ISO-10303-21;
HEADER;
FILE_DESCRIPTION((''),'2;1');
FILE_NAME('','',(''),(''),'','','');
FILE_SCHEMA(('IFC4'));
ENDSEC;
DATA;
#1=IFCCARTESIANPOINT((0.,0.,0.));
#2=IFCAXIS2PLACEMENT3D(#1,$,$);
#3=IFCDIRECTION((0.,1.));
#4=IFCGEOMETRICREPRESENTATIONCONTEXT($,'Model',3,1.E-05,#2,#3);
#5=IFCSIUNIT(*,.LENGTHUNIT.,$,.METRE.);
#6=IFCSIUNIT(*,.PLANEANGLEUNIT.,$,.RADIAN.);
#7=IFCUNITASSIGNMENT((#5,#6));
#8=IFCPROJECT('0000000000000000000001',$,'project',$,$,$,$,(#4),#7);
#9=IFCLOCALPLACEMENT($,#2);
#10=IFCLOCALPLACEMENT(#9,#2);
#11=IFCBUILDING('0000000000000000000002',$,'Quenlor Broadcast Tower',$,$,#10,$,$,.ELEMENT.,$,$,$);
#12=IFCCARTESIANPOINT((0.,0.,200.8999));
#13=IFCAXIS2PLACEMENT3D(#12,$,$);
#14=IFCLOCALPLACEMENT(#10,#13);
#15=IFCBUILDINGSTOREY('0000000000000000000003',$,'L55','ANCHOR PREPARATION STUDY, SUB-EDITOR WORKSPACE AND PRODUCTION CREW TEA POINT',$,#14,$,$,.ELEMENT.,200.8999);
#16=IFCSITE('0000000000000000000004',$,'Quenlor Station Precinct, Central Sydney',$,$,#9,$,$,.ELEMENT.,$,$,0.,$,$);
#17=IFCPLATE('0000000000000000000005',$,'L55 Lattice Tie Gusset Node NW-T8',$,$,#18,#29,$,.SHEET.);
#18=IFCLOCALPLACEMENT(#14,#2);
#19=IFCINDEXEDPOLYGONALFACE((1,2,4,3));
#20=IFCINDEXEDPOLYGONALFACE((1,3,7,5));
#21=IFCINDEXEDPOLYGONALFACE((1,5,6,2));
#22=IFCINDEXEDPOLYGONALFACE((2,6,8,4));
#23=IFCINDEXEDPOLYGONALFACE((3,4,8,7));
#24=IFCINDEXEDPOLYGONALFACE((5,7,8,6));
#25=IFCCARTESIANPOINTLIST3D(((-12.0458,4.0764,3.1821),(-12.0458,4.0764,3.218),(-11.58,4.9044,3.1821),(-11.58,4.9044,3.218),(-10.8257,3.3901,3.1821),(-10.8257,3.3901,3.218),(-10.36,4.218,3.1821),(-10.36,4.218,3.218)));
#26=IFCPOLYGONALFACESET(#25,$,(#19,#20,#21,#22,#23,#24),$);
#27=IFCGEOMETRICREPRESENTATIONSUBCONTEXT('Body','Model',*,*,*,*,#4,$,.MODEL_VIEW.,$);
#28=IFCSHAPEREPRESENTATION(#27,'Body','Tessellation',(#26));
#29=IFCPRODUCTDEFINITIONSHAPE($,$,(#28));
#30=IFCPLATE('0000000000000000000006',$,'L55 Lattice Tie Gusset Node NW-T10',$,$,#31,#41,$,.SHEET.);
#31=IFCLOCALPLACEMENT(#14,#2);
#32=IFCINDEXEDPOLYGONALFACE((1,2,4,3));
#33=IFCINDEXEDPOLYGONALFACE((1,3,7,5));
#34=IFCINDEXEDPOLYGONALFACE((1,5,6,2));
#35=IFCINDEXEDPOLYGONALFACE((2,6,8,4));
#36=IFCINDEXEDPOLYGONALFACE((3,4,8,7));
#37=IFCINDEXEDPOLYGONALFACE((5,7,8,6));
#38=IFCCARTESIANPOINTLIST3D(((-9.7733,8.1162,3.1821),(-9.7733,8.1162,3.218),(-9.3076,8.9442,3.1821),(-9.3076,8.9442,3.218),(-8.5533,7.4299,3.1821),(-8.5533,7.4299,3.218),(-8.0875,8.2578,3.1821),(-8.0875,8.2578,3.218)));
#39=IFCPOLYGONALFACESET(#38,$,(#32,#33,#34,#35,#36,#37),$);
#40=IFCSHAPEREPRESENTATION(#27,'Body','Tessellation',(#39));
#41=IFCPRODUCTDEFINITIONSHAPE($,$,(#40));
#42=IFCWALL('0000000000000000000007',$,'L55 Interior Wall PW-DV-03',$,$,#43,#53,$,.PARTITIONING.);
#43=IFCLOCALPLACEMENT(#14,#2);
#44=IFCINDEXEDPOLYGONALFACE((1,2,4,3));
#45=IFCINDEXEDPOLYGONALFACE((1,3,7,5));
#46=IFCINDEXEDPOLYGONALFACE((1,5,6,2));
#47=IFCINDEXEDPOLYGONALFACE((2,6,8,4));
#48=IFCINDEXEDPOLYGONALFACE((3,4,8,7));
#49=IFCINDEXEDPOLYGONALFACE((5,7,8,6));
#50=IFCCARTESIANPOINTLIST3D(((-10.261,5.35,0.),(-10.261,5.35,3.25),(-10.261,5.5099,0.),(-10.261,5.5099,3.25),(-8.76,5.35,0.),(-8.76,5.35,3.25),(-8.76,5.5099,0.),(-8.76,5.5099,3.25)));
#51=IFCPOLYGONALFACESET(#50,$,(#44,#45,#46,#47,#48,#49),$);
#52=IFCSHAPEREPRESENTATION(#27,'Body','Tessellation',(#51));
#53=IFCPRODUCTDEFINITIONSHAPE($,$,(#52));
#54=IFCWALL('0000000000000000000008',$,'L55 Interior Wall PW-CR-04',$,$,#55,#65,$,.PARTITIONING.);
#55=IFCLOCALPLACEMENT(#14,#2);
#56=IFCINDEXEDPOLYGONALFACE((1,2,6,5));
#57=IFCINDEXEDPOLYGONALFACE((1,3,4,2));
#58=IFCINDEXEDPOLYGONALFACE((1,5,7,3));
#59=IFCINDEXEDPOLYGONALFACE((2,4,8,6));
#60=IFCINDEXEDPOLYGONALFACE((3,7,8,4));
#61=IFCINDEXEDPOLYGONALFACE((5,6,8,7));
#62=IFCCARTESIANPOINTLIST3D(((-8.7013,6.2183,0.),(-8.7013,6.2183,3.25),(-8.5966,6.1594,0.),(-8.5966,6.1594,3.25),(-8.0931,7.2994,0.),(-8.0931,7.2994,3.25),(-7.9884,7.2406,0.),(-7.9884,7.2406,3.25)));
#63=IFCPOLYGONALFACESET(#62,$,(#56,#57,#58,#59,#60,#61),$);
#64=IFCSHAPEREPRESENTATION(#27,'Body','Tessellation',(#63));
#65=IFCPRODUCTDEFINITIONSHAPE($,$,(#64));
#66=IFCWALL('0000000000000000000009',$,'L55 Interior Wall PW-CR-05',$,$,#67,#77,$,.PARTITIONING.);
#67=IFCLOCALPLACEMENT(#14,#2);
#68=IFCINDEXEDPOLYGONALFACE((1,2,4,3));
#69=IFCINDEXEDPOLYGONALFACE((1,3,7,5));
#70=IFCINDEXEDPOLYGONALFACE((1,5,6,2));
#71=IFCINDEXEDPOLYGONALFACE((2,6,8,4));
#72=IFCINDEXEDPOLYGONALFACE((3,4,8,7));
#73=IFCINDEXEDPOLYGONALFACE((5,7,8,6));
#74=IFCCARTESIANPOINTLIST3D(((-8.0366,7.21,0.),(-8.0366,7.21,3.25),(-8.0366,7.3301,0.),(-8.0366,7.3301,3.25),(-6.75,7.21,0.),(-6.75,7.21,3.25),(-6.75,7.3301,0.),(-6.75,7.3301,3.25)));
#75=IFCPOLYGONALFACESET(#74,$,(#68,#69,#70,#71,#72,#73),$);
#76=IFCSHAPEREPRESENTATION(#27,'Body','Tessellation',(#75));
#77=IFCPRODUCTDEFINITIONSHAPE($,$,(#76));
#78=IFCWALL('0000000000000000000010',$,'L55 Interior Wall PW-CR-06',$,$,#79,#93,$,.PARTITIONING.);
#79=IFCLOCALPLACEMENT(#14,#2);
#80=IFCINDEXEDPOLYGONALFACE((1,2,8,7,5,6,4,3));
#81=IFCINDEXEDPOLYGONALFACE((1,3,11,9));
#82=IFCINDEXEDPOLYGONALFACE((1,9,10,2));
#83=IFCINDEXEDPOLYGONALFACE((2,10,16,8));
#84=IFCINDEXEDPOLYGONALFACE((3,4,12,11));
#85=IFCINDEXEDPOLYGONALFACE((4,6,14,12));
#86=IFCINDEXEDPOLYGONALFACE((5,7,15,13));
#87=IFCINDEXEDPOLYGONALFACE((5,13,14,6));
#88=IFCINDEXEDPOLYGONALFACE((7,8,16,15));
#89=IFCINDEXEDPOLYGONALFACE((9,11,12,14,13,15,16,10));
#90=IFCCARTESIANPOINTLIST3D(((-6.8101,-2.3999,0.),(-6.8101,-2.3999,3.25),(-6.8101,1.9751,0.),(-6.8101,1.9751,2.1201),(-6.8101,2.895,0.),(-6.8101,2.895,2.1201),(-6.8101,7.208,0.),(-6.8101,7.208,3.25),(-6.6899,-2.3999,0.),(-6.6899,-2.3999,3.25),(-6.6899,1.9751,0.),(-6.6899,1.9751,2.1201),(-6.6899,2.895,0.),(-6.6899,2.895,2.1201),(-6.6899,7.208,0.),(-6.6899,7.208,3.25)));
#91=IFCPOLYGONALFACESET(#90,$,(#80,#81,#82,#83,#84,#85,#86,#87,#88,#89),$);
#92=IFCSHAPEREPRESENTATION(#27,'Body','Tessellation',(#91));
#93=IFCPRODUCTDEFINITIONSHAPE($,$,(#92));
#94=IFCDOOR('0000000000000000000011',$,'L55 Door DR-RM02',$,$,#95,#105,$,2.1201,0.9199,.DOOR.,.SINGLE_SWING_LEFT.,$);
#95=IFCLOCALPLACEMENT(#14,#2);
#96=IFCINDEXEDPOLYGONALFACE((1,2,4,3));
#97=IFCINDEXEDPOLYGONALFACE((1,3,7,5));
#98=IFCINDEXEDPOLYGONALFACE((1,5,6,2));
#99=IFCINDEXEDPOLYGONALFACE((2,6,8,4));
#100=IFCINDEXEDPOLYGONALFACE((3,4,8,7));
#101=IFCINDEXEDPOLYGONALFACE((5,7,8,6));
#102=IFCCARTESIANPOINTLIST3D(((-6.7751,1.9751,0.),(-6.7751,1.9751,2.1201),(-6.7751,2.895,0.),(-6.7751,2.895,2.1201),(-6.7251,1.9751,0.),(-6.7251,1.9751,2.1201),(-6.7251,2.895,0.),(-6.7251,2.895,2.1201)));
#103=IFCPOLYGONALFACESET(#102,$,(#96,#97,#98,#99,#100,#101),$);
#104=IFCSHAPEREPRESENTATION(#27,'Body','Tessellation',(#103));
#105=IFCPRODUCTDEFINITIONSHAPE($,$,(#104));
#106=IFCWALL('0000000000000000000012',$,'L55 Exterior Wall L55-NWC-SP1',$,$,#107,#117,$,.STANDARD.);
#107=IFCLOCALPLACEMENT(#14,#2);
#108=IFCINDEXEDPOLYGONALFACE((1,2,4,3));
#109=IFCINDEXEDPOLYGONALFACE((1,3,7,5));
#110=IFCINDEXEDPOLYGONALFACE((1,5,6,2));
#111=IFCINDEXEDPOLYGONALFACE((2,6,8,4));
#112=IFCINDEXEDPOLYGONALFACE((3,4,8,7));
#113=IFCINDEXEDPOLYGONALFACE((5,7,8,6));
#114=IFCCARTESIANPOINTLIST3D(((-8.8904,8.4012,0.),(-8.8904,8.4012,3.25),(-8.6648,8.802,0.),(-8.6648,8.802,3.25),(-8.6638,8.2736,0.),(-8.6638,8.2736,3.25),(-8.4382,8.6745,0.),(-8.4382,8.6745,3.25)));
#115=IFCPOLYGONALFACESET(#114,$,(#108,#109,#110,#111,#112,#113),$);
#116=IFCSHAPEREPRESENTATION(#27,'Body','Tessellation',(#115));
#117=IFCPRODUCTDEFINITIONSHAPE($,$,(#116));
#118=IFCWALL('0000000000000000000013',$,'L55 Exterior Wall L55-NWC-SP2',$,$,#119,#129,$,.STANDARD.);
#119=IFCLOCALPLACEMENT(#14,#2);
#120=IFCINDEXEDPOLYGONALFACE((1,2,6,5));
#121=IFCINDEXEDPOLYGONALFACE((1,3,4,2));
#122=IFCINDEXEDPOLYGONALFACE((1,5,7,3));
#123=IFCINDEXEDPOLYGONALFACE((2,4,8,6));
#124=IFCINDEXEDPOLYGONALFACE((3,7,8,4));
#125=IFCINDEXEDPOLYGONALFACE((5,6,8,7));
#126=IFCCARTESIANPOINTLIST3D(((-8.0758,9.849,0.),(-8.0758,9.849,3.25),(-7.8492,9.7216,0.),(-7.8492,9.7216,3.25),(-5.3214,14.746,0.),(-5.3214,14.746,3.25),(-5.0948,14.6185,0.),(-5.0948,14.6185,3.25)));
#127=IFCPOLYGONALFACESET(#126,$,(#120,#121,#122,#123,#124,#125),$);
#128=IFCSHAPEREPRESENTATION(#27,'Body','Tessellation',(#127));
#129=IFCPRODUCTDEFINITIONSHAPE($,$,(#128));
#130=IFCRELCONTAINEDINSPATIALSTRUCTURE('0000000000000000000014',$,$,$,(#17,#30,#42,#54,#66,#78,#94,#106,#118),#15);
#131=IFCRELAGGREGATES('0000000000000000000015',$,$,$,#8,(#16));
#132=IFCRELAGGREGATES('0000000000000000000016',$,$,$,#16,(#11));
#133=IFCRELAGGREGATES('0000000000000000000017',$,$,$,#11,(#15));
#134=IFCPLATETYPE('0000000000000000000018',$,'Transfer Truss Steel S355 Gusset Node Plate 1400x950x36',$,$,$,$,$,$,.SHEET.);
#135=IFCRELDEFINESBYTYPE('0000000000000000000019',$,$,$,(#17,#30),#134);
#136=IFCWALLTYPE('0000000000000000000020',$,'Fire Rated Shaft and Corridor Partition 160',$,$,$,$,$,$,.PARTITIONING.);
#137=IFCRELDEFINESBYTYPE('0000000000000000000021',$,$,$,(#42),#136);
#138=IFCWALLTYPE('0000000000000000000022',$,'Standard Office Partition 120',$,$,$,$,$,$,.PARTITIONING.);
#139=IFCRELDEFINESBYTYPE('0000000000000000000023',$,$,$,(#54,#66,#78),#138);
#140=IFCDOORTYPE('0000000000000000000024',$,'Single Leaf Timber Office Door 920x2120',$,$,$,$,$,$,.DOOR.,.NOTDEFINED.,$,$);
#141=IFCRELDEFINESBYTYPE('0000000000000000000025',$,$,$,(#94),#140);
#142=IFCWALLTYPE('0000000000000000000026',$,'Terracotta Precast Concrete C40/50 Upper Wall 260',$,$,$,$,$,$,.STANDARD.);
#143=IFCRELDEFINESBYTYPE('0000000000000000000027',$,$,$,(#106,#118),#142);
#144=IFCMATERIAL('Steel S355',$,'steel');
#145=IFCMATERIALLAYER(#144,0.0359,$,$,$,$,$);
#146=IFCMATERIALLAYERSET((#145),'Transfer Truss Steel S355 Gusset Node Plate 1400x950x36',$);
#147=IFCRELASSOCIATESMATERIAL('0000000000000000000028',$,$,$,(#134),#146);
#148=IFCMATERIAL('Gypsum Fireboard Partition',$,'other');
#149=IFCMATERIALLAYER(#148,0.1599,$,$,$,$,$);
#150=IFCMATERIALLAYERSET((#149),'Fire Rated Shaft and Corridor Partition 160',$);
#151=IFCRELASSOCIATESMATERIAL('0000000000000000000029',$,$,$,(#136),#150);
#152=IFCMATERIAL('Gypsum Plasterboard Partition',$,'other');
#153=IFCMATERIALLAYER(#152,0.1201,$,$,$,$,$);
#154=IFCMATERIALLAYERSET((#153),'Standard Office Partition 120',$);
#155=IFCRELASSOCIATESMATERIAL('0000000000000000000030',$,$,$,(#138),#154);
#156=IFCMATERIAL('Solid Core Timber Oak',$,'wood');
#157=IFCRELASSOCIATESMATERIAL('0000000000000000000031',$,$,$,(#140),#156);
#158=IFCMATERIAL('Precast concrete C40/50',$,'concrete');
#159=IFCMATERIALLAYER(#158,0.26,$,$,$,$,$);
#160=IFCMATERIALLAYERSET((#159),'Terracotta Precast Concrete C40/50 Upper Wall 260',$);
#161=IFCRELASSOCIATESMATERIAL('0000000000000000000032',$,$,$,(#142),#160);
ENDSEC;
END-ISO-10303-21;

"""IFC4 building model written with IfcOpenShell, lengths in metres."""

from ifc_helpers import new_model, si_unit, direction, frame, frame_2d, origin, origin_2d, place, context, subcontext, project, spatial, rectangle, extrude, material, layer, layer_set, type_object, element, fill, save


model = new_model("IFC4")

# Units and contexts
model_context = context("Model", 3, precision=1e-05, world=origin(), true_north=direction((0.0, 1.0)))
body_context = subcontext(model_context, "Body", "Model", "MODEL_VIEW")
ifc_project = project(units=[si_unit("LENGTHUNIT", "METRE"), si_unit("PLANEANGLEUNIT", "RADIAN")], contexts=[model_context])

# Site, building, storey
site_placement = place(None, origin())
site = spatial("IfcSite", under=ifc_project, at=site_placement, Name="Quenlor Station Precinct, Central Sydney", CompositionType="ELEMENT", RefElevation=0.0)
building_placement = place(site_placement, origin())
building = spatial("IfcBuilding", under=site, at=building_placement, Name="Quenlor Broadcast Tower", CompositionType="ELEMENT")
storey_placement = place(building_placement, frame((0.0, 0.0, 200.8999)))
storey = spatial("IfcBuildingStorey", under=building, at=storey_placement, Name="L55", Description="ANCHOR PREPARATION STUDY, SUB-EDITOR WORKSPACE AND PRODUCTION CREW TEA POINT", CompositionType="ELEMENT", Elevation=200.8999)

# Plates
ifc_material_1 = material(Name="Steel S355", Category="steel")
ifc_layer_1 = layer(ifc_material_1, 0.0359)
ifc_layer_set_1 = layer_set([ifc_layer_1], Name="Transfer Truss Steel S355 Gusset Node Plate 1400x950x36")
plate_type_1 = type_object("IfcPlateType", Name="Transfer Truss Steel S355 Gusset Node Plate 1400x950x36", PredefinedType="SHEET", material=ifc_layer_set_1)
for number, where, z_axis, x_axis, name in (
    (1, (-11.2029, 4.1472, 3.1821), (0.0, 0.0, 1.0), (-0.871556, 0.490295, 0.0), "L55 Lattice Tie Gusset Node NW-T8"),
    (2, (-8.9304, 8.187, 3.1821), (0.0, 0.0, 1.0), (-0.871556, 0.490295, 0.0), "L55 Lattice Tie Gusset Node NW-T10"),
):
    element("IfcPlate", number, at=place(storey_placement, frame(where, z_axis=z_axis, x_axis=x_axis)), inside=storey, type_object=plate_type_1, Name=name, PredefinedType="SHEET", context=body_context, shape_type="SweptSolid", body=[
        extrude(rectangle(XDim=1.3999, YDim=0.95, at=origin_2d()), origin(), (0.0, 0.0, 1.0), 0.0359),
    ])

# Walls
ifc_material_2 = material(Name="Gypsum Fireboard Partition", Category="other")
ifc_layer_2 = layer(ifc_material_2, 0.1599)
ifc_layer_set_2 = layer_set([ifc_layer_2], Name="Fire Rated Shaft and Corridor Partition 160")
wall_type_1 = type_object("IfcWallType", Name="Fire Rated Shaft and Corridor Partition 160", PredefinedType="PARTITIONING", material=ifc_layer_set_2)
wall_1_placement = place(storey_placement, frame((-8.76, 5.4299, 0.0), z_axis=(0.0, 0.0, 1.0), x_axis=(-1.0, 0.0, 0.0)))
element("IfcWall", 3, at=wall_1_placement, inside=storey, type_object=wall_type_1, Name="L55 Interior Wall PW-DV-03", PredefinedType="PARTITIONING", context=body_context, shape_type="SweptSolid", body=[
    extrude(rectangle(XDim=1.501, YDim=0.1599, at=frame_2d((0.7505, 0.0))), origin(), (0.0, 0.0, 1.0), 3.25),
])
ifc_material_3 = material(Name="Gypsum Plasterboard Partition", Category="other")
ifc_layer_3 = layer(ifc_material_3, 0.1201)
ifc_layer_set_3 = layer_set([ifc_layer_3], Name="Standard Office Partition 120")
wall_type_2 = type_object("IfcWallType", Name="Standard Office Partition 120", PredefinedType="PARTITIONING", material=ifc_layer_set_3)
wall_2_placement = place(storey_placement, frame((-8.6489, 6.189, 0.0), z_axis=(0.0, 0.0, 1.0), x_axis=(0.490299, 0.871555, 0.0)))
element("IfcWall", 4, at=wall_2_placement, inside=storey, type_object=wall_type_2, Name="L55 Interior Wall PW-CR-04", PredefinedType="PARTITIONING", context=body_context, shape_type="SweptSolid", body=[
    extrude(rectangle(XDim=1.2405, YDim=0.1201, at=frame_2d((0.6201, 0.0))), origin(), (0.0, 0.0, 1.0), 3.25),
])
wall_3_placement = place(storey_placement, frame((-8.0366, 7.27, 0.0), z_axis=(0.0, 0.0, 1.0), x_axis=(1.0, 0.0, 0.0)))
element("IfcWall", 5, at=wall_3_placement, inside=storey, type_object=wall_type_2, Name="L55 Interior Wall PW-CR-05", PredefinedType="PARTITIONING", context=body_context, shape_type="SweptSolid", body=[
    extrude(rectangle(XDim=1.2866, YDim=0.1201, at=frame_2d((0.6433, 0.0))), origin(), (0.0, 0.0, 1.0), 3.25),
])

# Wall, opening, door
wall_4_placement = place(storey_placement, frame((-6.75, 7.208, 0.0), z_axis=(0.0, 0.0, 1.0), x_axis=(0.0, -1.0, 0.0)))
wall_4 = element("IfcWall", 6, at=wall_4_placement, inside=storey, type_object=wall_type_2, Name="L55 Interior Wall PW-CR-06", PredefinedType="PARTITIONING", context=body_context, shape_type="SweptSolid", body=[
    extrude(rectangle(XDim=9.6079, YDim=0.1201, at=frame_2d((4.804, 0.0))), origin(), (0.0, 0.0, 1.0), 3.25),
])
opening_placement = place(wall_4_placement, frame((4.313, 0.0, 0.0)))
opening = element("IfcOpeningElement", 7, at=opening_placement, cuts=wall_4, PredefinedType="OPENING", context=body_context, shape_type="SweptSolid", body=[
    extrude(rectangle(XDim=0.9199, YDim=2.1201, at=frame_2d((0.46, 1.0601))), frame((0.0, 0.0701, 0.0), z_axis=(0.0, -1.0, 0.0), x_axis=(1.0, 0.0, 0.0)), (0.0, 0.0, 1.0), 0.1401),
])
ifc_material_4 = material(Name="Solid Core Timber Oak", Category="wood")
door_type = type_object("IfcDoorType", Name="Single Leaf Timber Office Door 920x2120", OperationType="NOTDEFINED", PredefinedType="DOOR", material=ifc_material_4)
door_placement = place(opening_placement, origin())
door = element("IfcDoor", 8, at=door_placement, inside=storey, type_object=door_type, Name="L55 Door DR-RM02", OperationType="SINGLE_SWING_LEFT", OverallHeight=2.1201, OverallWidth=0.9199, PredefinedType="DOOR", context=body_context, shape_type="SweptSolid", body=[
    extrude(rectangle(XDim=0.9199, YDim=2.1201, at=frame_2d((0.46, 1.0601))), frame((0.0, 0.0249, 0.0), z_axis=(0.0, -1.0, 0.0), x_axis=(1.0, 0.0, 0.0)), (0.0, 0.0, 1.0), 0.05),
])
fill(opening, door)

# Walls
ifc_material_5 = material(Name="Precast concrete C40/50", Category="concrete")
ifc_layer_4 = layer(ifc_material_5, 0.26)
ifc_layer_set_4 = layer_set([ifc_layer_4], Name="Terracotta Precast Concrete C40/50 Upper Wall 260")
wall_type_3 = type_object("IfcWallType", Name="Terracotta Precast Concrete C40/50 Upper Wall 260", PredefinedType="STANDARD", material=ifc_layer_set_4)
wall_5_placement = place(storey_placement, frame((-8.7771, 8.3374, 0.0), z_axis=(0.0, 0.0, 1.0), x_axis=(0.490412, 0.87149, 0.0)))
element("IfcWall", 9, at=wall_5_placement, inside=storey, type_object=wall_type_3, Name="L55 Exterior Wall L55-NWC-SP1", PredefinedType="STANDARD", context=body_context, shape_type="SweptSolid", body=[
    extrude(rectangle(XDim=0.46, YDim=0.26, at=frame_2d((0.23, 0.0))), origin(), (0.0, 0.0, 1.0), 3.25),
])
wall_6_placement = place(storey_placement, frame((-7.9624, 9.7854, 0.0), z_axis=(0.0, 0.0, 1.0), x_axis=(0.490241, 0.871587, 0.0)))
element("IfcWall", 10, at=wall_6_placement, inside=storey, type_object=wall_type_3, Name="L55 Exterior Wall L55-NWC-SP2", PredefinedType="STANDARD", context=body_context, shape_type="SweptSolid", body=[
    extrude(rectangle(XDim=5.6184, YDim=0.26, at=frame_2d((2.8091, 0.0))), origin(), (0.0, 0.0, 1.0), 3.25),
])

save(model, "model.ifc")
